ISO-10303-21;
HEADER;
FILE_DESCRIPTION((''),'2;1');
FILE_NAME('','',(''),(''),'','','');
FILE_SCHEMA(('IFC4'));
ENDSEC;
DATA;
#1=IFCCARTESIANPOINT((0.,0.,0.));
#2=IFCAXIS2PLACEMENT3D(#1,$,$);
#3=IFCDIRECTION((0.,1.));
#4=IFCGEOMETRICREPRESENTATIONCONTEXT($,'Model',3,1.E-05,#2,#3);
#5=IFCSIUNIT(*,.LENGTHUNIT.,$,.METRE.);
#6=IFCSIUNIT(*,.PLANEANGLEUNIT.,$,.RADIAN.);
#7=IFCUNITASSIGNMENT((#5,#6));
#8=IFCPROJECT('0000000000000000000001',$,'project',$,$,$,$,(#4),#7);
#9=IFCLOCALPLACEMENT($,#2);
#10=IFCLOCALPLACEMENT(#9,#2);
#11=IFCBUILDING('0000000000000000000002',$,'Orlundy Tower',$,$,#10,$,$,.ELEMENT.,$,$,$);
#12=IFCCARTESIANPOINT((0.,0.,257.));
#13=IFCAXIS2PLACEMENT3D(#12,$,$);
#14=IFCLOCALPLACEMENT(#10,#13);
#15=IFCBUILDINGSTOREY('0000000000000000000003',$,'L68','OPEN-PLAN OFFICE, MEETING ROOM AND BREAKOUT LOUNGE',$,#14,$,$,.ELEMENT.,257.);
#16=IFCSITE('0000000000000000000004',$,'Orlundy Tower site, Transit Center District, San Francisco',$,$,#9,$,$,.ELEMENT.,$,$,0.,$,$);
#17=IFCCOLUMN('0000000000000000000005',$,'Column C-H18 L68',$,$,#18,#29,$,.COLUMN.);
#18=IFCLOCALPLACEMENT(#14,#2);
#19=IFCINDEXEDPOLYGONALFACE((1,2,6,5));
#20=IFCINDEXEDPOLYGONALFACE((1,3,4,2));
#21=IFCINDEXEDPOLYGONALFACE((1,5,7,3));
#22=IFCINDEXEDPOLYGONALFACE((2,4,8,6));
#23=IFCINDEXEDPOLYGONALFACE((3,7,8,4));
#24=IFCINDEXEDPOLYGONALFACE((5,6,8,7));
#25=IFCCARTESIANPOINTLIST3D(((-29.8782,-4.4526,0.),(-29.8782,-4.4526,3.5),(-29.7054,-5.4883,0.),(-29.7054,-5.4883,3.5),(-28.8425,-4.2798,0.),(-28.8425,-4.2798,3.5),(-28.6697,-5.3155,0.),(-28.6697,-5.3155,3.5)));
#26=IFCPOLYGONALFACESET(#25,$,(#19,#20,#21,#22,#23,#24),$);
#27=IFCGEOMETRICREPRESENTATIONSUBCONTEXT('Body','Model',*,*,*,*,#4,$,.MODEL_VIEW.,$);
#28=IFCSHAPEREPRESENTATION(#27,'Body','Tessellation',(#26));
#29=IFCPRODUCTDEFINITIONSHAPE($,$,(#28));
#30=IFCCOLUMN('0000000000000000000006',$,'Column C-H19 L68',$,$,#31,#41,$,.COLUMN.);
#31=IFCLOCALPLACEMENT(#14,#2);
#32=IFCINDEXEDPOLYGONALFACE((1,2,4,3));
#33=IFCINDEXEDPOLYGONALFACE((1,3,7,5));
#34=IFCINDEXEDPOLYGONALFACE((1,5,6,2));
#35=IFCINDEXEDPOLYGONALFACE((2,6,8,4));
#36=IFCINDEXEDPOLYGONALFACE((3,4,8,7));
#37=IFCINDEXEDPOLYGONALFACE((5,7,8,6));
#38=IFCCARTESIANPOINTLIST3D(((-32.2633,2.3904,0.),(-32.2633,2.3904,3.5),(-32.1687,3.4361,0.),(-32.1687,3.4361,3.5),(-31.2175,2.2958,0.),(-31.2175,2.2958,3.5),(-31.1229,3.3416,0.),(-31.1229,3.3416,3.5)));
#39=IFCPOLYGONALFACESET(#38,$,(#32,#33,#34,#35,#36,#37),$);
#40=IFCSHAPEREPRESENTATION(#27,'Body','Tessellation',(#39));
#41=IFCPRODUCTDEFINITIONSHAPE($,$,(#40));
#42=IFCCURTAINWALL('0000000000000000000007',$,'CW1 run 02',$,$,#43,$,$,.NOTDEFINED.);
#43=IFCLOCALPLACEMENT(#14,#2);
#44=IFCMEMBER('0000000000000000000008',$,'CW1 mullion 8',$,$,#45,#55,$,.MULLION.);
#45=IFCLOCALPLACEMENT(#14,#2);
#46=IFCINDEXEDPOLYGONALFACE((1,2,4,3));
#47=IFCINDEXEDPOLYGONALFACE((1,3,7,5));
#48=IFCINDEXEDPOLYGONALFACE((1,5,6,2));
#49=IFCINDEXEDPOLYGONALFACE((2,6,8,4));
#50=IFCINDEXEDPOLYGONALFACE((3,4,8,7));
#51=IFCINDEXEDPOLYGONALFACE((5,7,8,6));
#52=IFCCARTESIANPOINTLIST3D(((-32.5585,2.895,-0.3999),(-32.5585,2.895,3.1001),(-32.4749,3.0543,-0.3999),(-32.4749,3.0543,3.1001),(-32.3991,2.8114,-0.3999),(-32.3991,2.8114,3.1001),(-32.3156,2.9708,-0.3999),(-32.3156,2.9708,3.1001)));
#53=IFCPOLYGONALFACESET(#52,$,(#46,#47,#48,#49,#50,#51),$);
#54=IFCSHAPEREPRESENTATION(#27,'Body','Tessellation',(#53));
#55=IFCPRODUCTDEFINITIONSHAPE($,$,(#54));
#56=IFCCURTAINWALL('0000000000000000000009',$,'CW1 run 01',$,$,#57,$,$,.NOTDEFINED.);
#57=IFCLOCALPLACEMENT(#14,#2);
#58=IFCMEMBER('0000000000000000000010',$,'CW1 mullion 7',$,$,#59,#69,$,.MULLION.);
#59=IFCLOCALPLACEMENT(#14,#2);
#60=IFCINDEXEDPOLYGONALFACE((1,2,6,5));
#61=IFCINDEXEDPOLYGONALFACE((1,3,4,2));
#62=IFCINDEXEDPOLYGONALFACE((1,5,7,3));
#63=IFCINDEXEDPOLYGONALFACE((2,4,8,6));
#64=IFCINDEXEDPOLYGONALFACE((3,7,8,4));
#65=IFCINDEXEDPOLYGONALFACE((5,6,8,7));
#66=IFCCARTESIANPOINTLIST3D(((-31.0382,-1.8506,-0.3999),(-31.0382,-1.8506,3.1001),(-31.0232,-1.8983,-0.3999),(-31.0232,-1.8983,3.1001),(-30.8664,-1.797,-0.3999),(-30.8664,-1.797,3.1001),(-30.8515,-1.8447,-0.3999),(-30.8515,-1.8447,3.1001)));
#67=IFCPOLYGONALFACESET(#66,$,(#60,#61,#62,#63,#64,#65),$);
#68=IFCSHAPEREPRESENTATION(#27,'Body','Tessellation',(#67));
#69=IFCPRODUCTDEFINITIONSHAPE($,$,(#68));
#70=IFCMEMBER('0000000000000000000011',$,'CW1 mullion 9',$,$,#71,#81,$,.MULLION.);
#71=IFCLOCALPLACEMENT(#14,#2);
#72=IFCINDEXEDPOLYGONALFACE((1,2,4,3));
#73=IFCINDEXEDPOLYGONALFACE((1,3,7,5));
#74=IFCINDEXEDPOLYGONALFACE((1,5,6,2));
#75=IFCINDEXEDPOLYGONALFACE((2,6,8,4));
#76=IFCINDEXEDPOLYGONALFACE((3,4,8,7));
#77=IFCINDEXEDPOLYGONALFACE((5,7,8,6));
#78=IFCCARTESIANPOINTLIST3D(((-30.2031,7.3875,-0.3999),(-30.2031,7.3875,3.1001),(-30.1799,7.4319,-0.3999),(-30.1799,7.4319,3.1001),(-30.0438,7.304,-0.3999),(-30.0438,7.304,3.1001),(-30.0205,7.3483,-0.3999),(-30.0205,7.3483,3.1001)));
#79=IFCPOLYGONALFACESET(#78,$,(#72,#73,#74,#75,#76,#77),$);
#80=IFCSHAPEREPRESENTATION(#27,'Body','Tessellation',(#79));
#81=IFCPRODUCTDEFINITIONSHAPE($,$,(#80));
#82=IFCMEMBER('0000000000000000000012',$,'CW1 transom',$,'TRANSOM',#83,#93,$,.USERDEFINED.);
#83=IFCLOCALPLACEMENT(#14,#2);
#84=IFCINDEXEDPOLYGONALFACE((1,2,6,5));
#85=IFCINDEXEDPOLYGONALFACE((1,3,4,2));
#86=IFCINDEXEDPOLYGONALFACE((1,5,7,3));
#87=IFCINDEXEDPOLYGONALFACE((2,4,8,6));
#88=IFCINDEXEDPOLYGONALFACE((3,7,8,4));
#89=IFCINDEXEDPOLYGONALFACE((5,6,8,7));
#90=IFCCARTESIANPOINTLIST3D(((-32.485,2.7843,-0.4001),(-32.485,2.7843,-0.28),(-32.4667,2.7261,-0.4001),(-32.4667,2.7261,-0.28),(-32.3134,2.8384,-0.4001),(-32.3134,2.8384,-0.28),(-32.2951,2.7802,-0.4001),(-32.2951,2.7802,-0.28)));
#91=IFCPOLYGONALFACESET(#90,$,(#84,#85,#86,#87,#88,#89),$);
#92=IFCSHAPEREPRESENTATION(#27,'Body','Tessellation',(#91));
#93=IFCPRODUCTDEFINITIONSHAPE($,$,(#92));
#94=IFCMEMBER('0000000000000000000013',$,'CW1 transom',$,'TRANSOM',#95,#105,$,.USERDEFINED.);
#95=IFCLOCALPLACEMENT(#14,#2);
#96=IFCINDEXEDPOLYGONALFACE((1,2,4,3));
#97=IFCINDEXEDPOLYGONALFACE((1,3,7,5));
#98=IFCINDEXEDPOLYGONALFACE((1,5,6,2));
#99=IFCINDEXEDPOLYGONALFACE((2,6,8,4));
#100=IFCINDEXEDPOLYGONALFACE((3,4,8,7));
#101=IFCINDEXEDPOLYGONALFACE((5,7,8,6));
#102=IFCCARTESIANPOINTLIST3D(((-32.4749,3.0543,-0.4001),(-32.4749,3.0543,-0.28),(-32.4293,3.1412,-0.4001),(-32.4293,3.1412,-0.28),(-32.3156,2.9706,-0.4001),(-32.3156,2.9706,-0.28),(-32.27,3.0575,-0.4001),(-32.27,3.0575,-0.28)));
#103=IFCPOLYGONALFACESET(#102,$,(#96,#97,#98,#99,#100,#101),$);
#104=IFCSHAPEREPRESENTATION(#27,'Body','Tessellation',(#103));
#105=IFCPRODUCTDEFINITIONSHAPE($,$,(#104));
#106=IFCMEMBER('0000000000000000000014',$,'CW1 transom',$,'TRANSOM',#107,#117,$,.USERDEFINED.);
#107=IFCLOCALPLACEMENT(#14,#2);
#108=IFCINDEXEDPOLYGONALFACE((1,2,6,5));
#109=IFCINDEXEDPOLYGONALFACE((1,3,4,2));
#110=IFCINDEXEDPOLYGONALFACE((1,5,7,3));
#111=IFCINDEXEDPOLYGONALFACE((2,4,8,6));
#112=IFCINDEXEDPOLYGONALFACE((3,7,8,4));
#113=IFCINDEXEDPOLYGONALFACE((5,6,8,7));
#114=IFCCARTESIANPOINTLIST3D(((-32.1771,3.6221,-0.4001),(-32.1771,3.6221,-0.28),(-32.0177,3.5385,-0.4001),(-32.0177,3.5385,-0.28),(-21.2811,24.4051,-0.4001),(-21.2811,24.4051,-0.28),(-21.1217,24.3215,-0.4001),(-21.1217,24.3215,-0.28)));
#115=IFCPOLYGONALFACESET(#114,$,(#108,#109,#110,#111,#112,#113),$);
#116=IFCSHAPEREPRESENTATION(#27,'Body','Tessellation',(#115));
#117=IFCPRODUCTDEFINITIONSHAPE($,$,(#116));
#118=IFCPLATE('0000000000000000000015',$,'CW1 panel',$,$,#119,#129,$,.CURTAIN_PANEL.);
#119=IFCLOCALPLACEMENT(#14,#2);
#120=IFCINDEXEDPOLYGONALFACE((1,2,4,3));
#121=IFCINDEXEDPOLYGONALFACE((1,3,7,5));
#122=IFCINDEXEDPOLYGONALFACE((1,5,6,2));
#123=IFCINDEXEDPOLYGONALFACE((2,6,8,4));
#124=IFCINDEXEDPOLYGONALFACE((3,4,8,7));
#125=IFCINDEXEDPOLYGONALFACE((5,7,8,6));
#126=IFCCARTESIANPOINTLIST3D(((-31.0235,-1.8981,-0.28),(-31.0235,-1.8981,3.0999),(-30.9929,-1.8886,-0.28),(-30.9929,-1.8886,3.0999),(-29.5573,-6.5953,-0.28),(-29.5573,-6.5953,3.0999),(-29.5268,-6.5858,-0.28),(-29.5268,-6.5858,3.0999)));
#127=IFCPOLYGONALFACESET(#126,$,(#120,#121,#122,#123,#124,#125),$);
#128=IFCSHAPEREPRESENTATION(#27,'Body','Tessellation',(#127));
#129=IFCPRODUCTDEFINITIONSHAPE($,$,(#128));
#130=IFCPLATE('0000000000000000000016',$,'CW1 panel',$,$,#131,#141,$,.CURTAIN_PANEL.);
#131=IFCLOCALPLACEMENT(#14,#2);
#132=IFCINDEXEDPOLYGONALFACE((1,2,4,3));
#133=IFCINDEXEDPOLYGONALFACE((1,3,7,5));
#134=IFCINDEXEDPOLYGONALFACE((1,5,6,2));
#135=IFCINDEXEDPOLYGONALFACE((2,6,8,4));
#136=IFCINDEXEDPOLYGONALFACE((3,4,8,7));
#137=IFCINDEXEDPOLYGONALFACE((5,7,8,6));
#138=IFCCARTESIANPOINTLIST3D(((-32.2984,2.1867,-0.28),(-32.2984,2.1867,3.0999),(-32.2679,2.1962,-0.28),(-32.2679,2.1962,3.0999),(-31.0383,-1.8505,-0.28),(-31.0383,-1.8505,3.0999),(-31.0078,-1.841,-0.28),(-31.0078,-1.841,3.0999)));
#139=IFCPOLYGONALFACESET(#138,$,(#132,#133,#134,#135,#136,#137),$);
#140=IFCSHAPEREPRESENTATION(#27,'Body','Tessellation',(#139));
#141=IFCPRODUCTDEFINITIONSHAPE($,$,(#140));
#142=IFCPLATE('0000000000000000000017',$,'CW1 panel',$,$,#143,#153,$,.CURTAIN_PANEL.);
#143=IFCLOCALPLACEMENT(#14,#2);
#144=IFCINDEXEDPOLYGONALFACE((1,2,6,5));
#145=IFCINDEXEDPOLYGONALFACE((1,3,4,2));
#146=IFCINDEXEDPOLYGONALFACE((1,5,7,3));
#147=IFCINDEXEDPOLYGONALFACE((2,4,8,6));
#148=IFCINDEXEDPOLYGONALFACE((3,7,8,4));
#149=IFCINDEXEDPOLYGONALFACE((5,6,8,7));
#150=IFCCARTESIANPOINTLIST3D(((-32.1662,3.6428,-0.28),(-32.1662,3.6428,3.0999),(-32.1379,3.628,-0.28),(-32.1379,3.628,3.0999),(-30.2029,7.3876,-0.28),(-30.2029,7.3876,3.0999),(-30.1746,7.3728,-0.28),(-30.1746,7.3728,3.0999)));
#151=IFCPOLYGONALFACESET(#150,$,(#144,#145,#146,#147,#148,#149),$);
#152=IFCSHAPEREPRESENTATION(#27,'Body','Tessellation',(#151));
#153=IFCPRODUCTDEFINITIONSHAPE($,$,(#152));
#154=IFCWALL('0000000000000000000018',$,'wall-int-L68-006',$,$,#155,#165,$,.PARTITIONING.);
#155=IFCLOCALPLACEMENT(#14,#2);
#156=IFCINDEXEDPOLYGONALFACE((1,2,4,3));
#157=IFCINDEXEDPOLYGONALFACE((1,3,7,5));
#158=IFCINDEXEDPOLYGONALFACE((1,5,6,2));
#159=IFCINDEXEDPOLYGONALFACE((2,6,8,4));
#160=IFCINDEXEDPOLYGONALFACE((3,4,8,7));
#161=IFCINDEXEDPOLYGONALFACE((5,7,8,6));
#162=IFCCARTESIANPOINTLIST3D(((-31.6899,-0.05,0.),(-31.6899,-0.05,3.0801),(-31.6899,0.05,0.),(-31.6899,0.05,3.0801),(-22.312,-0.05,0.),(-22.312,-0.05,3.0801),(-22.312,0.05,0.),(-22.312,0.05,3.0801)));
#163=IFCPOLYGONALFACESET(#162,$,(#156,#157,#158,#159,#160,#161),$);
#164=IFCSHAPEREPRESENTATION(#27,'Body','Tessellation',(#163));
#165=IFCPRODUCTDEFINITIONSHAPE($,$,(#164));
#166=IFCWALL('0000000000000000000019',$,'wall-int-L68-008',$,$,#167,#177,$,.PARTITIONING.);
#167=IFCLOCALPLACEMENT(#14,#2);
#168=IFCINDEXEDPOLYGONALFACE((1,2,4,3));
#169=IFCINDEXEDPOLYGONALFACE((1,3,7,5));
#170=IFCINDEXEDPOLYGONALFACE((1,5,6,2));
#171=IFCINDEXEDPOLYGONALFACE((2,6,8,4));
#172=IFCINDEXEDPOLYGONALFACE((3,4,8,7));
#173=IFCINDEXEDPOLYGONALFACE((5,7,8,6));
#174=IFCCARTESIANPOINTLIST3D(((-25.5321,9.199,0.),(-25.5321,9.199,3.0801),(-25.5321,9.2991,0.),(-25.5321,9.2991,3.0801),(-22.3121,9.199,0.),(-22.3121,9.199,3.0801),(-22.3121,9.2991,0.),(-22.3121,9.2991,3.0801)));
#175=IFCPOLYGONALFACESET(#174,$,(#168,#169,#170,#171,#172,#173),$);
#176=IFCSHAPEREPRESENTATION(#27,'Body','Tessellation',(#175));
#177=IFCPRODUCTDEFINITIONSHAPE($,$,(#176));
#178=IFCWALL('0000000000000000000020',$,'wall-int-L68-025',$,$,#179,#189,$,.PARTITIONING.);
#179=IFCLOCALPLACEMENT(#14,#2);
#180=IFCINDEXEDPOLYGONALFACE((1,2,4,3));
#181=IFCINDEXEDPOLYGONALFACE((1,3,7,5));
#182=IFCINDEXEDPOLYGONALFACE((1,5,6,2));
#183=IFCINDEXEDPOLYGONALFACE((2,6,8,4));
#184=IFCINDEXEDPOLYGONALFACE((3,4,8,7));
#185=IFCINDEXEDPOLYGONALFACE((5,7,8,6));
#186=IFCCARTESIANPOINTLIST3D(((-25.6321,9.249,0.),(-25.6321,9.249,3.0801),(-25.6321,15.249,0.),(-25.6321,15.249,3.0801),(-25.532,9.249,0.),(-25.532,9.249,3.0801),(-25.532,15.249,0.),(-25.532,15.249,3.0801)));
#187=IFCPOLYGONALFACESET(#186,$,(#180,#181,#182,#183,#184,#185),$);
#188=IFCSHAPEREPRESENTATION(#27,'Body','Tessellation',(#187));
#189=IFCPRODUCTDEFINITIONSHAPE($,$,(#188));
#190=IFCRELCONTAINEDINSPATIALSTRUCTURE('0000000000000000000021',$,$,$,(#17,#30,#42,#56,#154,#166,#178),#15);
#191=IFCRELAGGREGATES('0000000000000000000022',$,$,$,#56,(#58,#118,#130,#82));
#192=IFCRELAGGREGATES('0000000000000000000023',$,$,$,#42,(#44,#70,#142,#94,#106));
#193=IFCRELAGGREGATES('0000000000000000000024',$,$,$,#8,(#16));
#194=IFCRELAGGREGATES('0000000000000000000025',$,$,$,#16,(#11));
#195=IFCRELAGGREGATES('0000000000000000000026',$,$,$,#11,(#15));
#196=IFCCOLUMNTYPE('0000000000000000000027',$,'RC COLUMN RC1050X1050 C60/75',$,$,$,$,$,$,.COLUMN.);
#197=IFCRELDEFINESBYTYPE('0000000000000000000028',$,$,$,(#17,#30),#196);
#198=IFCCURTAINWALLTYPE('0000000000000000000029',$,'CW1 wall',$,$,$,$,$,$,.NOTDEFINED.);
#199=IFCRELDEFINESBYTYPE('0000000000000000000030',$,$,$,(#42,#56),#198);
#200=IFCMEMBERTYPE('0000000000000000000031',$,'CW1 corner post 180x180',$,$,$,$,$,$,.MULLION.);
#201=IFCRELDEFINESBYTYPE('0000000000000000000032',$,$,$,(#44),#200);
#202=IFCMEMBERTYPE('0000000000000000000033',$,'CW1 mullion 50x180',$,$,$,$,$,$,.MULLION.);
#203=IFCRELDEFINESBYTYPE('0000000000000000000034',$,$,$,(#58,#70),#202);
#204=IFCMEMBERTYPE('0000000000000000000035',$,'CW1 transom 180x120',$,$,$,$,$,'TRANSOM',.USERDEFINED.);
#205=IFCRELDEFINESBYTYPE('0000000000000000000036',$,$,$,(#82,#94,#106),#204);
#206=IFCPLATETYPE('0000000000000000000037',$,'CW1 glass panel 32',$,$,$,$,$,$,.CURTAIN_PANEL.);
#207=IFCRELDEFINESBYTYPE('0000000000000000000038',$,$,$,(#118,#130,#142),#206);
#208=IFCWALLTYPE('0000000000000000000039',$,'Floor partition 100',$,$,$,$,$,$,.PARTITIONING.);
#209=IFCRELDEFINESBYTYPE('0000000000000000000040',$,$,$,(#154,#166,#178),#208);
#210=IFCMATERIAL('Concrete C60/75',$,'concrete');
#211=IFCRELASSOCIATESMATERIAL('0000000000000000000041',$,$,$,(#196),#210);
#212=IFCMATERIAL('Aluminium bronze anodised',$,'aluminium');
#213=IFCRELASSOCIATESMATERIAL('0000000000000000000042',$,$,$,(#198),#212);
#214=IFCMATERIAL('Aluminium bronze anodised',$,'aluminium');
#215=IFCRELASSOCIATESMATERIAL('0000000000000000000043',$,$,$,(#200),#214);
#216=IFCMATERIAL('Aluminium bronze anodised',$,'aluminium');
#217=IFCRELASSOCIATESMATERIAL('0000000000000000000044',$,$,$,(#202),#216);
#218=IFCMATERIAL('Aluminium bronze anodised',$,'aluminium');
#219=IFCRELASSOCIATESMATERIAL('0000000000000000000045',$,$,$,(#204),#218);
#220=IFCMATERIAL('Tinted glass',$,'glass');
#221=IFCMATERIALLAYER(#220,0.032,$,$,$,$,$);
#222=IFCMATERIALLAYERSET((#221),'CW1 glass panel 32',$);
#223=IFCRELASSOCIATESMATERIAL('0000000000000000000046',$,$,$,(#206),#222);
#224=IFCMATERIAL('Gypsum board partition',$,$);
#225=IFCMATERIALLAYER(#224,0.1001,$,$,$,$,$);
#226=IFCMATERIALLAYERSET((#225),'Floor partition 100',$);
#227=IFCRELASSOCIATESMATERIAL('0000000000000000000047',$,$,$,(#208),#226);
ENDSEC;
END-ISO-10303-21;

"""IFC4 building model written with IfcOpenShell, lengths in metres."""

from ifc_helpers import new_model, si_unit, direction, frame, frame_2d, origin, origin_2d, place, context, subcontext, project, spatial, rectangle, extrude, material, layer, layer_set, material_profile, profile_set, type_object, element, aggregate, save


model = new_model("IFC4")

# Units and contexts
model_context = context("Model", 3, precision=1e-05, world=origin(), true_north=direction((0.0, 1.0)))
body_context = subcontext(model_context, "Body", "Model", "MODEL_VIEW")
ifc_project = project(units=[si_unit("LENGTHUNIT", "METRE"), si_unit("PLANEANGLEUNIT", "RADIAN")], contexts=[model_context])

# Site, building, storey
site_placement = place(None, origin())
site = spatial("IfcSite", under=ifc_project, at=site_placement, Name="Orlundy Tower site, Transit Center District, San Francisco", CompositionType="ELEMENT", RefElevation=0.0)
building_placement = place(site_placement, origin())
building = spatial("IfcBuilding", under=site, at=building_placement, Name="Orlundy Tower", CompositionType="ELEMENT")
storey_placement = place(building_placement, frame((0.0, 0.0, 257.0)))
storey = spatial("IfcBuildingStorey", under=building, at=storey_placement, Name="L68", Description="OPEN-PLAN OFFICE, MEETING ROOM AND BREAKOUT LOUNGE", CompositionType="ELEMENT", Elevation=257.0)

# Columns
ifc_material_1 = material(Name="Concrete C60/75", Category="concrete")
ifc_material_profile_1 = material_profile(ifc_material_1, rectangle(XDim=1.05, YDim=1.05, at=origin_2d()), Name="RC1050X1050")
ifc_profile_set_1 = profile_set([ifc_material_profile_1], Name="Concrete C60/75")
column_type = type_object("IfcColumnType", Name="RC COLUMN RC1050X1050 C60/75", PredefinedType="COLUMN", material=ifc_profile_set_1)
for number, where, z_axis, x_axis, name in (
    (1, (-29.2739, -4.884, 0.0), (0.0, 0.0, 1.0), (-0.986366, -0.164566, 0.0), "Column C-H18 L68"),
    (2, (-31.6931, 2.866, 0.0), (0.0, 0.0, 1.0), (-0.995936, 0.090059, 0.0), "Column C-H19 L68"),
):
    element("IfcColumn", number, at=place(storey_placement, frame(where, z_axis=z_axis, x_axis=x_axis)), inside=storey, type_object=column_type, Name=name, PredefinedType="COLUMN", context=body_context, shape_type="SweptSolid", body=[
        extrude(rectangle(XDim=1.05, YDim=1.05, at=origin_2d()), origin(), (0.0, 0.0, 1.0), 3.5),
    ])

# Curtain walls, members
ifc_material_2 = material(Name="Aluminium bronze anodised", Category="aluminium")
curtain_wall_type = type_object("IfcCurtainWallType", Name="CW1 wall", PredefinedType="NOTDEFINED", material=ifc_material_2)
curtain_wall_1_placement = place(storey_placement, origin())
curtain_wall_1 = element("IfcCurtainWall", 3, at=curtain_wall_1_placement, inside=storey, type_object=curtain_wall_type, Name="CW1 run 02", PredefinedType="NOTDEFINED")
ifc_material_3 = material(Name="Aluminium bronze anodised", Category="aluminium")
ifc_material_profile_2 = material_profile(ifc_material_3, rectangle(XDim=0.1799, YDim=0.1799, at=origin_2d()), Name="CW1 corner post 180x180")
ifc_profile_set_2 = profile_set([ifc_material_profile_2], Name="Aluminium bronze anodised")
member_type_1 = type_object("IfcMemberType", Name="CW1 corner post 180x180", PredefinedType="MULLION", material=ifc_profile_set_2)
member_1_placement = place(storey_placement, frame((-32.437, 2.9329, -0.3999), z_axis=(0.0, 0.0, 1.0), x_axis=(-0.885659, 0.464336, 0.0)))
member_1 = element("IfcMember", 4, at=member_1_placement, type_object=member_type_1, Name="CW1 mullion 8", PredefinedType="MULLION", context=body_context, shape_type="SweptSolid", body=[
    extrude(rectangle(XDim=0.1799, YDim=0.1799, at=origin_2d()), origin(), (0.0, 0.0, 1.0), 3.5),
])
curtain_wall_2_placement = place(storey_placement, origin())
curtain_wall_2 = element("IfcCurtainWall", 5, at=curtain_wall_2_placement, inside=storey, type_object=curtain_wall_type, Name="CW1 run 01", PredefinedType="NOTDEFINED")
ifc_material_4 = material(Name="Aluminium bronze anodised", Category="aluminium")
ifc_material_profile_3 = material_profile(ifc_material_4, rectangle(XDim=0.1799, YDim=0.05, at=origin_2d()), Name="CW1 mullion 50x180")
ifc_profile_set_3 = profile_set([ifc_material_profile_3], Name="Aluminium bronze anodised")
member_type_2 = type_object("IfcMemberType", Name="CW1 mullion 50x180", PredefinedType="MULLION", material=ifc_profile_set_3)
member_2_placement = place(storey_placement, frame((-30.9448, -1.8477, -0.3999), z_axis=(0.0, 0.0, 1.0), x_axis=(-0.95458, -0.297954, 0.0)))
member_2 = element("IfcMember", 6, at=member_2_placement, type_object=member_type_2, Name="CW1 mullion 7", PredefinedType="MULLION", context=body_context, shape_type="SweptSolid", body=[
    extrude(rectangle(XDim=0.1799, YDim=0.05, at=origin_2d()), origin(), (0.0, 0.0, 1.0), 3.5),
])

# Members
member_3_placement = place(storey_placement, frame((-30.1118, 7.3679, -0.3999), z_axis=(0.0, 0.0, 1.0), x_axis=(-0.885659, 0.464336, 0.0)))
member_3 = element("IfcMember", 7, at=member_3_placement, type_object=member_type_2, Name="CW1 mullion 9", PredefinedType="MULLION", context=body_context, shape_type="SweptSolid", body=[
    extrude(rectangle(XDim=0.1799, YDim=0.05, at=origin_2d()), origin(), (0.0, 0.0, 1.0), 3.5),
])
ifc_material_5 = material(Name="Aluminium bronze anodised", Category="aluminium")
ifc_material_profile_4 = material_profile(ifc_material_5, rectangle(XDim=0.1799, YDim=0.1201, at=origin_2d()), Name="CW1 transom 180x120")
ifc_profile_set_4 = profile_set([ifc_material_profile_4], Name="Aluminium bronze anodised")
member_type_3 = type_object("IfcMemberType", Name="CW1 transom 180x120", ElementType="TRANSOM", PredefinedType="USERDEFINED", material=ifc_profile_set_4)
member_4_placement = place(storey_placement, frame((-32.3809, 2.7532, -0.3401), z_axis=(-0.300556, 0.953764, 0.0), x_axis=(-0.953764, -0.300556, 0.0)))
member_4 = element("IfcMember", 8, at=member_4_placement, type_object=member_type_3, Name="CW1 transom", ObjectType="TRANSOM", PredefinedType="USERDEFINED", context=body_context, shape_type="SweptSolid", body=[
    extrude(rectangle(XDim=0.1799, YDim=0.1201, at=origin_2d()), origin(), (0.0, 0.0, 1.0), 0.061),
])
member_5_placement = place(storey_placement, frame((-32.3953, 3.0125, -0.3401), z_axis=(0.465029, 0.885296, 0.0), x_axis=(-0.885296, 0.465029, 0.0)))
member_5 = element("IfcMember", 9, at=member_5_placement, type_object=member_type_3, Name="CW1 transom", ObjectType="TRANSOM", PredefinedType="USERDEFINED", context=body_context, shape_type="SweptSolid", body=[
    extrude(rectangle(XDim=0.1799, YDim=0.1201, at=origin_2d()), origin(), (0.0, 0.0, 1.0), 0.0981),
])
member_6_placement = place(storey_placement, frame((-32.0974, 3.5803, -0.3401), z_axis=(0.464331, 0.885662, 0.0), x_axis=(-0.885662, 0.464331, 0.0)))
member_6 = element("IfcMember", 10, at=member_6_placement, type_object=member_type_3, Name="CW1 transom", ObjectType="TRANSOM", PredefinedType="USERDEFINED", context=body_context, shape_type="SweptSolid", body=[
    extrude(rectangle(XDim=0.1799, YDim=0.1201, at=origin_2d()), origin(), (0.0, 0.0, 1.0), 23.4661),
])

# Plates
ifc_material_6 = material(Name="Tinted glass", Category="glass")
ifc_layer_1 = layer(ifc_material_6, 0.032)
ifc_layer_set_1 = layer_set([ifc_layer_1], Name="CW1 glass panel 32")
plate_type = type_object("IfcPlateType", Name="CW1 glass panel 32", PredefinedType="CURTAIN_PANEL", material=ifc_layer_set_1)
plate_1_placement = place(storey_placement, frame((-30.2751, -4.2419, -0.28), z_axis=(0.0, 0.0, 1.0), x_axis=(-0.297954, 0.95458, 0.0)))
plate_1 = element("IfcPlate", 11, at=plate_1_placement, type_object=plate_type, Name="CW1 panel", PredefinedType="CURTAIN_PANEL", context=body_context, shape_type="SweptSolid", body=[
    extrude(rectangle(XDim=4.9207, YDim=0.032, at=origin_2d()), origin(), (0.0, 0.0, 1.0), 3.3799),
])
plate_2_placement = place(storey_placement, frame((-31.6531, 0.1729, -0.28), z_axis=(0.0, 0.0, 1.0), x_axis=(-0.297954, 0.95458, 0.0)))
plate_2 = element("IfcPlate", 12, at=plate_2_placement, type_object=plate_type, Name="CW1 panel", PredefinedType="CURTAIN_PANEL", context=body_context, shape_type="SweptSolid", body=[
    extrude(rectangle(XDim=4.2292, YDim=0.032, at=origin_2d()), origin(), (0.0, 0.0, 1.0), 3.3799),
])
aggregate(curtain_wall_2, [member_2, plate_1, plate_2, member_4])
plate_3_placement = place(storey_placement, frame((-31.1704, 5.5078, -0.28), z_axis=(0.0, 0.0, 1.0), x_axis=(0.464336, 0.885659, 0.0)))
plate_3 = element("IfcPlate", 13, at=plate_3_placement, type_object=plate_type, Name="CW1 panel", PredefinedType="CURTAIN_PANEL", context=body_context, shape_type="SweptSolid", body=[
    extrude(rectangle(XDim=4.2283, YDim=0.032, at=origin_2d()), origin(), (0.0, 0.0, 1.0), 3.3799),
])
aggregate(curtain_wall_1, [member_1, member_3, plate_3, member_5, member_6])

# Walls
ifc_material_7 = material(Name="Gypsum board partition")
ifc_layer_2 = layer(ifc_material_7, 0.1001)
ifc_layer_set_2 = layer_set([ifc_layer_2], Name="Floor partition 100")
wall_type_1 = type_object("IfcWallType", Name="Floor partition 100", PredefinedType="PARTITIONING", material=ifc_layer_set_2)
wall_1_placement = place(storey_placement, frame((-31.6899, 0.0, 0.0), z_axis=(0.0, 0.0, 1.0), x_axis=(1.0, 0.0, 0.0)))
element("IfcWall", 14, at=wall_1_placement, inside=storey, type_object=wall_type_1, Name="wall-int-L68-006", PredefinedType="PARTITIONING", context=body_context, shape_type="SweptSolid", body=[
    extrude(rectangle(XDim=9.3779, YDim=0.1001, at=frame_2d((4.689, 0.0))), origin(), (0.0, 0.0, 1.0), 3.0801),
])
wall_2_placement = place(storey_placement, frame((-25.532, 9.249, 0.0), z_axis=(0.0, 0.0, 1.0), x_axis=(1.0, 0.0, 0.0)))
element("IfcWall", 15, at=wall_2_placement, inside=storey, type_object=wall_type_1, Name="wall-int-L68-008", PredefinedType="PARTITIONING", context=body_context, shape_type="SweptSolid", body=[
    extrude(rectangle(XDim=3.22, YDim=0.1001, at=frame_2d((1.6099, 0.0))), origin(), (0.0, 0.0, 1.0), 3.0801),
])
wall_3_placement = place(storey_placement, frame((-25.582, 9.249, 0.0), z_axis=(0.0, 0.0, 1.0), x_axis=(0.0, 1.0, 0.0)))
element("IfcWall", 16, at=wall_3_placement, inside=storey, type_object=wall_type_1, Name="wall-int-L68-025", PredefinedType="PARTITIONING", context=body_context, shape_type="SweptSolid", body=[
    extrude(rectangle(XDim=6.0, YDim=0.1001, at=frame_2d((3.0, 0.0))), origin(), (0.0, 0.0, 1.0), 3.0801),
])

save(model, "model.ifc")
